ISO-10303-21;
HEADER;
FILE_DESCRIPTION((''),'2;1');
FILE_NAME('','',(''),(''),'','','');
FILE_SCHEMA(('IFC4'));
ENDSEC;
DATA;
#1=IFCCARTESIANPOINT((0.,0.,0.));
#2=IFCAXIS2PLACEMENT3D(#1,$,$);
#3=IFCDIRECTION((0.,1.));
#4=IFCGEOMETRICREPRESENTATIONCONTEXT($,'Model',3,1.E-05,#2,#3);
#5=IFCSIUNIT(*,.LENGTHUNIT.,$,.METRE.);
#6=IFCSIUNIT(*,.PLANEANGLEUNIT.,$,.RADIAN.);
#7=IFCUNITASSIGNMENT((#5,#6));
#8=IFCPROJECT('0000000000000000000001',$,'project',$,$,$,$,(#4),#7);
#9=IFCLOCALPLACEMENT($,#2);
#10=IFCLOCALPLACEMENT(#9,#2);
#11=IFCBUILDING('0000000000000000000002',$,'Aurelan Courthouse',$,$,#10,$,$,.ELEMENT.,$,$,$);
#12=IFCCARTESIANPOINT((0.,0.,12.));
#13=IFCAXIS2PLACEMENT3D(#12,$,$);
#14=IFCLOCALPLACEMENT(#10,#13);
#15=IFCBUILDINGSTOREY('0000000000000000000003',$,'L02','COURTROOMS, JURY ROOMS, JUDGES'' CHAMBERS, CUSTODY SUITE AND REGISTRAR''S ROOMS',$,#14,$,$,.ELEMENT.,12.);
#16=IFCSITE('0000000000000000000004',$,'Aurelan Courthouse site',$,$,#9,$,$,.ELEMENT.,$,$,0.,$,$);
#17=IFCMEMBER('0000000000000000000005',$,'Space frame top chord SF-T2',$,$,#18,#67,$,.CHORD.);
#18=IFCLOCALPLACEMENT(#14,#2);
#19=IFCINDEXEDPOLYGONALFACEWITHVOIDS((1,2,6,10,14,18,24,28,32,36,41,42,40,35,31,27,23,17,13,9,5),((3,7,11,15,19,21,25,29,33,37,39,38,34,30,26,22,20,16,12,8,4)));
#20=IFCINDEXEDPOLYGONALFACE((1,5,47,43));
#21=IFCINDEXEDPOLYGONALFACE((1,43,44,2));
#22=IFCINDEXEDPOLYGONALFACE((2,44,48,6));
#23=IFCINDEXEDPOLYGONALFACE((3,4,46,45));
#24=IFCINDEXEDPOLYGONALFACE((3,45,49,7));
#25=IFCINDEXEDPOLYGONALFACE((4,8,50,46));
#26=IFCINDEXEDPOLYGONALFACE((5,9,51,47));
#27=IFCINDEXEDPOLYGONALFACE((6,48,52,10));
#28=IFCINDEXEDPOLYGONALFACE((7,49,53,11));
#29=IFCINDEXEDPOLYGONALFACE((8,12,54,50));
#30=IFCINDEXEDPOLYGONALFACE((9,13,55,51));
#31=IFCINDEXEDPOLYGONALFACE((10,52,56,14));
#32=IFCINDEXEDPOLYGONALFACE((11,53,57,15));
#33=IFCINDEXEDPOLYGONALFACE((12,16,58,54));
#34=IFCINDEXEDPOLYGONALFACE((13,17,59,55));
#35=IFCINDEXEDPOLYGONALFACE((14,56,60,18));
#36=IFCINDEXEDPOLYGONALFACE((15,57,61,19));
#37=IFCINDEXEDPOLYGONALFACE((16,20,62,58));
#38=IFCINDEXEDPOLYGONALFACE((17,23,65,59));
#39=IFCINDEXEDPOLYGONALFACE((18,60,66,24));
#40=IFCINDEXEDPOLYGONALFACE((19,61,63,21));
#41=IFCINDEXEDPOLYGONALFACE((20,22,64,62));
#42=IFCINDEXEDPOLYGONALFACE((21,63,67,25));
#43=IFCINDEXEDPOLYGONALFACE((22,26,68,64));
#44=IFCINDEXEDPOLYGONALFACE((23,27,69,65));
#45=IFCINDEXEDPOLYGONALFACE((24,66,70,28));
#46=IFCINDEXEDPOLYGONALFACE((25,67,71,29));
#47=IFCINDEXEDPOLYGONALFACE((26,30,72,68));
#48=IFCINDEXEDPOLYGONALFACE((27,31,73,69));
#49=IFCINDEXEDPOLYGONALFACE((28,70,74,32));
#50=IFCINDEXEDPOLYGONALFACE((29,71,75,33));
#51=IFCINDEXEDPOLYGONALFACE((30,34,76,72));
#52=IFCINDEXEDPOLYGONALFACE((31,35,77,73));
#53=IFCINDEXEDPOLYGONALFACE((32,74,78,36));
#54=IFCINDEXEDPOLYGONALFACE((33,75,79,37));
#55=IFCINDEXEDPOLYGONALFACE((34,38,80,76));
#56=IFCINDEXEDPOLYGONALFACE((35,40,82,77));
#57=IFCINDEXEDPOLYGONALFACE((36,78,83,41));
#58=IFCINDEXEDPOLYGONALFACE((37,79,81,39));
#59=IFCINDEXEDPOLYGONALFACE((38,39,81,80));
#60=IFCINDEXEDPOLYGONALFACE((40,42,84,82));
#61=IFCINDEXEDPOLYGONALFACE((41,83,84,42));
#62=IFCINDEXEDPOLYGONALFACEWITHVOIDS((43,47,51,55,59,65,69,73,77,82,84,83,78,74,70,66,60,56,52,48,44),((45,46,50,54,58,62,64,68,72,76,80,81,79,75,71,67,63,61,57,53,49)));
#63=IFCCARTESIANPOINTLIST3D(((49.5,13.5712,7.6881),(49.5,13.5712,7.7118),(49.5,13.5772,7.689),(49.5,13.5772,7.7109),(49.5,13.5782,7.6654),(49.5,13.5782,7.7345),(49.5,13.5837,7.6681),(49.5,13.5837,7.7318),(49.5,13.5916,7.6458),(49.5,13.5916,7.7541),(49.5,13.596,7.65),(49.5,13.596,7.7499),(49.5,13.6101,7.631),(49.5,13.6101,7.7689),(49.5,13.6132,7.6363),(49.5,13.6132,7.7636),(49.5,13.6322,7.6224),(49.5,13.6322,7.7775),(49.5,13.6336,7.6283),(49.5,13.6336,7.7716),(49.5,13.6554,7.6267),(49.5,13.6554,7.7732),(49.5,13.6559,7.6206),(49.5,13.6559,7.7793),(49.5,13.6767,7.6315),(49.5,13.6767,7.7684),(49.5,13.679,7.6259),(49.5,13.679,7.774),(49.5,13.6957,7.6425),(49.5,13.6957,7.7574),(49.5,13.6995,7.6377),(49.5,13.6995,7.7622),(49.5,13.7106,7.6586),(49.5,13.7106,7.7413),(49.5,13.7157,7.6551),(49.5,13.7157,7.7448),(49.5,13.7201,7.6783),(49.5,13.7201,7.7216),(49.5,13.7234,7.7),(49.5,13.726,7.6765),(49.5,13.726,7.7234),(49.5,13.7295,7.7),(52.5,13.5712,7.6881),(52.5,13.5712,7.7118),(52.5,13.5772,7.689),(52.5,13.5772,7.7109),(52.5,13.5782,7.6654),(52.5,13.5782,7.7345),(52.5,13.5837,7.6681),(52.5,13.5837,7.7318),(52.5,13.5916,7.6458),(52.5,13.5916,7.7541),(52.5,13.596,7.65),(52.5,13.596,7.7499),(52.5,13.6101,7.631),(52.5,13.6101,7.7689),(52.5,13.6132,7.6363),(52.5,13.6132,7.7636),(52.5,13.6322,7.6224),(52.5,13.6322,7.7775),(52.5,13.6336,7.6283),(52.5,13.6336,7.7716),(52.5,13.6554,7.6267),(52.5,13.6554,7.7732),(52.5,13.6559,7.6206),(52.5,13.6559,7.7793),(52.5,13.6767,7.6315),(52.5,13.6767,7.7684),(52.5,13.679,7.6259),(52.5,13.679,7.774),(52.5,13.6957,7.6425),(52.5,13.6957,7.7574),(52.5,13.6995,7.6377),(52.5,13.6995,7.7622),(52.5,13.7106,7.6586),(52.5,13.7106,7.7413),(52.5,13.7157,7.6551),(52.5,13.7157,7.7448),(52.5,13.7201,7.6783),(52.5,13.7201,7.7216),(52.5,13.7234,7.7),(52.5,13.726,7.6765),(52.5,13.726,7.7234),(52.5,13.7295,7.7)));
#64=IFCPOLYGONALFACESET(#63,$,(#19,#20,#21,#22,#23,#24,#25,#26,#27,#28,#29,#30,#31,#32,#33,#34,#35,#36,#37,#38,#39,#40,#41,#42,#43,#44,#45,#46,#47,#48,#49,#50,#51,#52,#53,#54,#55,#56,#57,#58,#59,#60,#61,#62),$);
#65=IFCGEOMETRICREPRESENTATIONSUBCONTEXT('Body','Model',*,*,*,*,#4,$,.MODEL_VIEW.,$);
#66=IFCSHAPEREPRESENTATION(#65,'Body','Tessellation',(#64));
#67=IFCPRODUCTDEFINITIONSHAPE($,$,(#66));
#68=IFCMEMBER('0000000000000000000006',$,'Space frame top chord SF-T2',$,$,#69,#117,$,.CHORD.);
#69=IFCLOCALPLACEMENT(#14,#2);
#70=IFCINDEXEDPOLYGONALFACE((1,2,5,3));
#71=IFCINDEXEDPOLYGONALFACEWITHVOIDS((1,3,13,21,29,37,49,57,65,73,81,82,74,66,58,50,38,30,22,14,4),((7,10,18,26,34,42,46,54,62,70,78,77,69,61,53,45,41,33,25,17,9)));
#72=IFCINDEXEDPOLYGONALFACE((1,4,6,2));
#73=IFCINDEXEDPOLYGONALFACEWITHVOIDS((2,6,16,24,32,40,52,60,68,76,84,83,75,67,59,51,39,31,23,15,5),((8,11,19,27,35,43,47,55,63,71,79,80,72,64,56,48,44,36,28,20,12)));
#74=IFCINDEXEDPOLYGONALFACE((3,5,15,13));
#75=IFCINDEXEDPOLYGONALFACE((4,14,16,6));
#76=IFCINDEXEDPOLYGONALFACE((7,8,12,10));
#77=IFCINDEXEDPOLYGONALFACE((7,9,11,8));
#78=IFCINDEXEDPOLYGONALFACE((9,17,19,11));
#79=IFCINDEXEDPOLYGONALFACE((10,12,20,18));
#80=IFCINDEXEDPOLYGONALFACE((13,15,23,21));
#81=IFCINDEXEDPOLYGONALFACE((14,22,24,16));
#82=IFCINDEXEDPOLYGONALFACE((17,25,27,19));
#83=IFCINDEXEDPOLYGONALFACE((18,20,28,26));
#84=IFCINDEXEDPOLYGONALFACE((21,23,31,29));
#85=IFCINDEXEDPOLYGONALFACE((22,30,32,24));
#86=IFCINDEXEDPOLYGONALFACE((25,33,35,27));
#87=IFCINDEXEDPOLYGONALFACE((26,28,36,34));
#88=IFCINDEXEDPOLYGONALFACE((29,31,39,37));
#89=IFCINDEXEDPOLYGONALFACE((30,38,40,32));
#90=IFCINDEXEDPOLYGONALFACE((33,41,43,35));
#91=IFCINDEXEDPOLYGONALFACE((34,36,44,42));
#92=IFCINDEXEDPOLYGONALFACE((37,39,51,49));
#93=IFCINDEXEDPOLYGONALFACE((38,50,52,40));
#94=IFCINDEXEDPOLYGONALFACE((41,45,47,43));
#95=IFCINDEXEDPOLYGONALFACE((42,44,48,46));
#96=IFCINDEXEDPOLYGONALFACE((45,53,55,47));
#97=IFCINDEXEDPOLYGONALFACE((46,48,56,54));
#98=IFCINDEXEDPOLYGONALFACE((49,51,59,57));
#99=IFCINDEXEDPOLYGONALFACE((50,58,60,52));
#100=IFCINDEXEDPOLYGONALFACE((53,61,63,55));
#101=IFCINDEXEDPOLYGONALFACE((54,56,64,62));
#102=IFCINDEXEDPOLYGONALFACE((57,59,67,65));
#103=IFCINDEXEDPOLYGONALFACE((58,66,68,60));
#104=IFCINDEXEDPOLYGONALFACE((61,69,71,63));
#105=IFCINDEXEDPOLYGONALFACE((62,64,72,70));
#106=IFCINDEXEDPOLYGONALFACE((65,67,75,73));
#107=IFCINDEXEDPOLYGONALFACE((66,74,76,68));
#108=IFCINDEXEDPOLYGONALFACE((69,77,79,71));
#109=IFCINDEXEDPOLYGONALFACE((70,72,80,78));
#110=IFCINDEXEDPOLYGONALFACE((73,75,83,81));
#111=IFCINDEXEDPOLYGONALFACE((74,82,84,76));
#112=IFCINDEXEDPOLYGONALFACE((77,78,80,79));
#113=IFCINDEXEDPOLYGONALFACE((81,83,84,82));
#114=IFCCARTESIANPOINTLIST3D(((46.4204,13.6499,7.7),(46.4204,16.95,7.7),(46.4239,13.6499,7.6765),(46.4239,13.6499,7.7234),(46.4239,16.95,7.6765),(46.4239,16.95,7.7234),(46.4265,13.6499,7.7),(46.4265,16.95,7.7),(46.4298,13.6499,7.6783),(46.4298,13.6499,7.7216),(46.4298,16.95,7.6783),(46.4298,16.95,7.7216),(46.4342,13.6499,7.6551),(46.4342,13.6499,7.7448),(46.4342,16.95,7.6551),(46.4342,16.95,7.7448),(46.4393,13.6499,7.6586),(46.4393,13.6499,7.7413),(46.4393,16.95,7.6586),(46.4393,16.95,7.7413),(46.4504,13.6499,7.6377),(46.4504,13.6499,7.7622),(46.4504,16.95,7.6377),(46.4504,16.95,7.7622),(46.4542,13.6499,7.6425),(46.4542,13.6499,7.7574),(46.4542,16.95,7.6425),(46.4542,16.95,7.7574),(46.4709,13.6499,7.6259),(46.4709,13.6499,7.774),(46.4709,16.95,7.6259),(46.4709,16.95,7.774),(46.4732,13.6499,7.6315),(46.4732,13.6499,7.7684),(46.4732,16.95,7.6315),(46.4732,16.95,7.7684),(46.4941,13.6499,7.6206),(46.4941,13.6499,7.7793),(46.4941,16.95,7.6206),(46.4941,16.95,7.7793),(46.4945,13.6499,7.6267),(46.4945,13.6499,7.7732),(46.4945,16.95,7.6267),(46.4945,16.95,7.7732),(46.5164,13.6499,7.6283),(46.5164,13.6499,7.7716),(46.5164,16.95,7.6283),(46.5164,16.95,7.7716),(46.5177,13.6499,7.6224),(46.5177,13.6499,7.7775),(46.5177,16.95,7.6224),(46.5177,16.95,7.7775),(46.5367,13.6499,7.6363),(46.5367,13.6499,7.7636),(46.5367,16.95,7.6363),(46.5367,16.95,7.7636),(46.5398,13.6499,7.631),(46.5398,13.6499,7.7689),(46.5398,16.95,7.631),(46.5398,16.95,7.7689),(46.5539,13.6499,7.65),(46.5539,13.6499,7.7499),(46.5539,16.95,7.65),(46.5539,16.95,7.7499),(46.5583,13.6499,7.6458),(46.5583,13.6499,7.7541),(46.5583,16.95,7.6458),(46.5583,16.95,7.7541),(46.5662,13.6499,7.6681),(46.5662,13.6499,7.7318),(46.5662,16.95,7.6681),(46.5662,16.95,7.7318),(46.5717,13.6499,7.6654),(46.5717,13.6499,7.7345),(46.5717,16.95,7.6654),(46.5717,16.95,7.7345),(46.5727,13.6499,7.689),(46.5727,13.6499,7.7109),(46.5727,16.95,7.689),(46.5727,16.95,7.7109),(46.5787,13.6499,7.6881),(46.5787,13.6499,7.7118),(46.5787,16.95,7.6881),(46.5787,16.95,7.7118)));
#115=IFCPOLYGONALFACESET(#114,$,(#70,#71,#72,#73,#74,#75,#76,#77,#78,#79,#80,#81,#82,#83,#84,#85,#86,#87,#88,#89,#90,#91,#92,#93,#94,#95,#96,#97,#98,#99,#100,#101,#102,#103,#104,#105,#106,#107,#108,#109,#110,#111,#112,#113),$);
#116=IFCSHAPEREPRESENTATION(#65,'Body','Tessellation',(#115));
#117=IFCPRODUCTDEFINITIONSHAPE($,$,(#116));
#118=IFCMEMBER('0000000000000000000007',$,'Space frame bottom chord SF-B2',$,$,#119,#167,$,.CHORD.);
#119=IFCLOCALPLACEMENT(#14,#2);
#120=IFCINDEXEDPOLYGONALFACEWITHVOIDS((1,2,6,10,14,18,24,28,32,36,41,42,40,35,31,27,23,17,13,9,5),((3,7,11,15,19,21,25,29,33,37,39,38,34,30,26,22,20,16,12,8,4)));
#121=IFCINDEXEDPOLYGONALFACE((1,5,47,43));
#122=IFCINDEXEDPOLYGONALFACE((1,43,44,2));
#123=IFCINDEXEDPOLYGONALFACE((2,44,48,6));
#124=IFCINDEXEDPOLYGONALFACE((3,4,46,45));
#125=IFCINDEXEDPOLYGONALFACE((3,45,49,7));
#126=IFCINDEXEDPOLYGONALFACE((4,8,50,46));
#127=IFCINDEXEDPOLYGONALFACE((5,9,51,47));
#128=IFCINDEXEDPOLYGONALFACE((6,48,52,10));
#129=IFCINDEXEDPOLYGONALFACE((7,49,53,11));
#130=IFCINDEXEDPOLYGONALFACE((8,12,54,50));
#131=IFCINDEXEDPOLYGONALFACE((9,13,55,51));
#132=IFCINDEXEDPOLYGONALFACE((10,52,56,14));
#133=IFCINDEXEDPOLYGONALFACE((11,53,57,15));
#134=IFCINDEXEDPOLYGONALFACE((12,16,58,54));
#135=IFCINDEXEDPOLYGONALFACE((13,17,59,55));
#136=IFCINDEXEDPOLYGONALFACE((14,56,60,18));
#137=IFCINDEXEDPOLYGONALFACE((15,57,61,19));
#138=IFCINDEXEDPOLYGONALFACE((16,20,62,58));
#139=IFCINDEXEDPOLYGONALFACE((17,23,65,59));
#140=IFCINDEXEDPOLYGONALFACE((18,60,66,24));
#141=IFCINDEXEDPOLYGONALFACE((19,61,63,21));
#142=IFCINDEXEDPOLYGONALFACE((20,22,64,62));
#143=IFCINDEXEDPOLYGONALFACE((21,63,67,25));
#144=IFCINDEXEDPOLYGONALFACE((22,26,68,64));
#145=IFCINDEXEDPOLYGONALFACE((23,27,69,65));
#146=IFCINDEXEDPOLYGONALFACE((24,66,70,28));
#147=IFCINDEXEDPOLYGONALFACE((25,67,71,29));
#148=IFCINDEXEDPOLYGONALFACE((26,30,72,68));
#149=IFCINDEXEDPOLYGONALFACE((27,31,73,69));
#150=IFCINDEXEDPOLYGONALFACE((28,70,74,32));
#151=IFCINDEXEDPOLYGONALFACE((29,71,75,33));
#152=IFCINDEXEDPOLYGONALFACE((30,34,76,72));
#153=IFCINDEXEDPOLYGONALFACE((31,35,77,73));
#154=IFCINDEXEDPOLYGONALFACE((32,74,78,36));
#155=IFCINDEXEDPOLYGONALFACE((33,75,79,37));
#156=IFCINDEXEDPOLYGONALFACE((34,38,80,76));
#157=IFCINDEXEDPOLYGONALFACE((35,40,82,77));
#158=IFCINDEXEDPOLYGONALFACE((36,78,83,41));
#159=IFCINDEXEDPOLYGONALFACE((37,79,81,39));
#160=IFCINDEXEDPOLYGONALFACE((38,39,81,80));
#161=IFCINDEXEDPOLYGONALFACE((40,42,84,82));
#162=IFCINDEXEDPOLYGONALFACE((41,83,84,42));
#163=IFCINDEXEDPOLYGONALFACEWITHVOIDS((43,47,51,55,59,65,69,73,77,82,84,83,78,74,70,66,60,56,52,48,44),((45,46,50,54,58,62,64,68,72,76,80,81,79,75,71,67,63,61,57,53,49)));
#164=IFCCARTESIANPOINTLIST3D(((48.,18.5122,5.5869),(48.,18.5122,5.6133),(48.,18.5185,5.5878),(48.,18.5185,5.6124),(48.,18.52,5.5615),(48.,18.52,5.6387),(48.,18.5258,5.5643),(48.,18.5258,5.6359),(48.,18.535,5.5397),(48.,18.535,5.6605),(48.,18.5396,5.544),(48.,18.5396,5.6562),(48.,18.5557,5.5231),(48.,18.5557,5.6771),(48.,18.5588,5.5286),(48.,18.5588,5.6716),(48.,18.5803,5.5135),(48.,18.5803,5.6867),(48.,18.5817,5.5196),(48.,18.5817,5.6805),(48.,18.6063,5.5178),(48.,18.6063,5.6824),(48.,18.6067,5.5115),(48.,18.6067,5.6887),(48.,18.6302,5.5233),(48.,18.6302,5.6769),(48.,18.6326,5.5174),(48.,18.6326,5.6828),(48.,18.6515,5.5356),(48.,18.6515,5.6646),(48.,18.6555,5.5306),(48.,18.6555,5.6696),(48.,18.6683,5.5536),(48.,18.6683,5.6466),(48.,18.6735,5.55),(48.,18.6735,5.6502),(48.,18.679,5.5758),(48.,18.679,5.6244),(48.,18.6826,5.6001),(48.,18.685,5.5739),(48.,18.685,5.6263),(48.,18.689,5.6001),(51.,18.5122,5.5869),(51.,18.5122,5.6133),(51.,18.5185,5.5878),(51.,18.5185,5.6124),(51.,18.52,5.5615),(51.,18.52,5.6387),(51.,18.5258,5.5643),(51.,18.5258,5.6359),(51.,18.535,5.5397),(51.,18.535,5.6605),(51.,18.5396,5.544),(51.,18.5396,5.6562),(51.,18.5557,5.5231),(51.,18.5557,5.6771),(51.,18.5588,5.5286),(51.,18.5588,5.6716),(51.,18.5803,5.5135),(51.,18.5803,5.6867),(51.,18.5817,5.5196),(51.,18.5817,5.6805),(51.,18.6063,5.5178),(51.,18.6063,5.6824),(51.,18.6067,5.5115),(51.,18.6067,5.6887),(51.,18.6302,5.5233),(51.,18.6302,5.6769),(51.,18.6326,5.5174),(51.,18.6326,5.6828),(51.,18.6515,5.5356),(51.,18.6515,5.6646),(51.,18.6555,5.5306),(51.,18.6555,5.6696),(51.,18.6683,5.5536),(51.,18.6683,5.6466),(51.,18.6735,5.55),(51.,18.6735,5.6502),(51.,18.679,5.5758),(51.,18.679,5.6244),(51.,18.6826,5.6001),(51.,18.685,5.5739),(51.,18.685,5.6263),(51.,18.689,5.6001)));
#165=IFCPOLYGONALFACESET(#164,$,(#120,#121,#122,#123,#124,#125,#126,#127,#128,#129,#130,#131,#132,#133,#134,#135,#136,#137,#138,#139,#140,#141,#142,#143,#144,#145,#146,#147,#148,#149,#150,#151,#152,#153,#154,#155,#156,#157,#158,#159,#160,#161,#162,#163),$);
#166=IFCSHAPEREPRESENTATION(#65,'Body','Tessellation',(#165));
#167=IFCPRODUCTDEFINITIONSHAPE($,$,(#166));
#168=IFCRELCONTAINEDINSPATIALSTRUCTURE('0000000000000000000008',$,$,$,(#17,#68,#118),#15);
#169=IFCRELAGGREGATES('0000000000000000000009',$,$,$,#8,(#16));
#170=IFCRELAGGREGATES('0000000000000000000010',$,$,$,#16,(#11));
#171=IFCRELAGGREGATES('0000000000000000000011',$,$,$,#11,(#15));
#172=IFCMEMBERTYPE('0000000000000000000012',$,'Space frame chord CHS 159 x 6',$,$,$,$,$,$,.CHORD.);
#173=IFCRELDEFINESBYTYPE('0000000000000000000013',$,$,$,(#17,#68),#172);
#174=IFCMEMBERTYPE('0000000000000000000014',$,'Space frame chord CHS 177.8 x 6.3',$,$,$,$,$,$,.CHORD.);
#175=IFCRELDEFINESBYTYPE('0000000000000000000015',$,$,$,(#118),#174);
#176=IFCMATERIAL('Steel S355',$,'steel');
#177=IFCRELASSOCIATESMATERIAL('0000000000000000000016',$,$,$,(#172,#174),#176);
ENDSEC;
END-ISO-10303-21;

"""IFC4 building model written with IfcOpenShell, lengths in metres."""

from ifc_helpers import new_model, si_unit, direction, frame, origin, origin_2d, place, context, subcontext, project, spatial, hollow_circle, extrude, material, material_profile, profile_set, type_object, element, save


model = new_model("IFC4")

# Units and contexts
model_context = context("Model", 3, precision=1e-05, world=origin(), true_north=direction((0.0, 1.0)))
body_context = subcontext(model_context, "Body", "Model", "MODEL_VIEW")
ifc_project = project(units=[si_unit("LENGTHUNIT", "METRE"), si_unit("PLANEANGLEUNIT", "RADIAN")], contexts=[model_context])

# Site, building, storey
site_placement = place(None, origin())
site = spatial("IfcSite", under=ifc_project, at=site_placement, Name="Aurelan Courthouse site", CompositionType="ELEMENT", RefElevation=0.0)
building_placement = place(site_placement, origin())
building = spatial("IfcBuilding", under=site, at=building_placement, Name="Aurelan Courthouse", CompositionType="ELEMENT")
storey_placement = place(building_placement, frame((0.0, 0.0, 12.0)))
storey = spatial("IfcBuildingStorey", under=building, at=storey_placement, Name="L02", Description="COURTROOMS, JURY ROOMS, JUDGES' CHAMBERS, CUSTODY SUITE AND REGISTRAR'S ROOMS", CompositionType="ELEMENT", Elevation=12.0)

# Members
ifc_material_1 = material(Name="Steel S355", Category="steel")
ifc_material_profile_1 = material_profile(ifc_material_1, hollow_circle(Radius=0.0796, WallThickness=0.0061, at=origin_2d()), Name="CHS 159 x 6")
ifc_profile_set_1 = profile_set([ifc_material_profile_1], Name="Steel S355")
member_type_1 = type_object("IfcMemberType", Name="Space frame chord CHS 159 x 6", PredefinedType="CHORD", material=ifc_profile_set_1)
for number, where, z_axis, x_axis, name in (
    (1, (49.5, 13.6499, 7.7), (1.0, 0.0, 0.0), (0.0, 1.0, 0.0), "Space frame top chord SF-T2"),
):
    element("IfcMember", number, at=place(storey_placement, frame(where, z_axis=z_axis, x_axis=x_axis)), inside=storey, type_object=member_type_1, Name=name, PredefinedType="CHORD", context=body_context, shape_type="SweptSolid", body=[
        extrude(hollow_circle(Radius=0.0796, WallThickness=0.0061, at=origin_2d()), origin(), (0.0, 0.0, 1.0), 3.0),
    ])
member_1_placement = place(storey_placement, frame((46.5, 13.6499, 7.7), z_axis=(0.0, 1.0, 0.0), x_axis=(-1.0, 0.0, 0.0)))
element("IfcMember", 2, at=member_1_placement, inside=storey, type_object=member_type_1, Name="Space frame top chord SF-T2", PredefinedType="CHORD", context=body_context, shape_type="SweptSolid", body=[
    extrude(hollow_circle(Radius=0.0796, WallThickness=0.0061, at=origin_2d()), origin(), (0.0, 0.0, 1.0), 3.3),
])
ifc_material_profile_2 = material_profile(ifc_material_1, hollow_circle(Radius=0.0889, WallThickness=0.0063, at=origin_2d()), Name="CHS 177.8 x 6.3")
ifc_profile_set_2 = profile_set([ifc_material_profile_2], Name="Steel S355")
member_type_2 = type_object("IfcMemberType", Name="Space frame chord CHS 177.8 x 6.3", PredefinedType="CHORD", material=ifc_profile_set_2)
member_2_placement = place(storey_placement, frame((48.0, 18.6001, 5.6001), z_axis=(1.0, 0.0, 0.0), x_axis=(0.0, 1.0, 0.0)))
element("IfcMember", 3, at=member_2_placement, inside=storey, type_object=member_type_2, Name="Space frame bottom chord SF-B2", PredefinedType="CHORD", context=body_context, shape_type="SweptSolid", body=[
    extrude(hollow_circle(Radius=0.0889, WallThickness=0.0063, at=origin_2d()), origin(), (0.0, 0.0, 1.0), 3.0),
])

save(model, "model.ifc")
